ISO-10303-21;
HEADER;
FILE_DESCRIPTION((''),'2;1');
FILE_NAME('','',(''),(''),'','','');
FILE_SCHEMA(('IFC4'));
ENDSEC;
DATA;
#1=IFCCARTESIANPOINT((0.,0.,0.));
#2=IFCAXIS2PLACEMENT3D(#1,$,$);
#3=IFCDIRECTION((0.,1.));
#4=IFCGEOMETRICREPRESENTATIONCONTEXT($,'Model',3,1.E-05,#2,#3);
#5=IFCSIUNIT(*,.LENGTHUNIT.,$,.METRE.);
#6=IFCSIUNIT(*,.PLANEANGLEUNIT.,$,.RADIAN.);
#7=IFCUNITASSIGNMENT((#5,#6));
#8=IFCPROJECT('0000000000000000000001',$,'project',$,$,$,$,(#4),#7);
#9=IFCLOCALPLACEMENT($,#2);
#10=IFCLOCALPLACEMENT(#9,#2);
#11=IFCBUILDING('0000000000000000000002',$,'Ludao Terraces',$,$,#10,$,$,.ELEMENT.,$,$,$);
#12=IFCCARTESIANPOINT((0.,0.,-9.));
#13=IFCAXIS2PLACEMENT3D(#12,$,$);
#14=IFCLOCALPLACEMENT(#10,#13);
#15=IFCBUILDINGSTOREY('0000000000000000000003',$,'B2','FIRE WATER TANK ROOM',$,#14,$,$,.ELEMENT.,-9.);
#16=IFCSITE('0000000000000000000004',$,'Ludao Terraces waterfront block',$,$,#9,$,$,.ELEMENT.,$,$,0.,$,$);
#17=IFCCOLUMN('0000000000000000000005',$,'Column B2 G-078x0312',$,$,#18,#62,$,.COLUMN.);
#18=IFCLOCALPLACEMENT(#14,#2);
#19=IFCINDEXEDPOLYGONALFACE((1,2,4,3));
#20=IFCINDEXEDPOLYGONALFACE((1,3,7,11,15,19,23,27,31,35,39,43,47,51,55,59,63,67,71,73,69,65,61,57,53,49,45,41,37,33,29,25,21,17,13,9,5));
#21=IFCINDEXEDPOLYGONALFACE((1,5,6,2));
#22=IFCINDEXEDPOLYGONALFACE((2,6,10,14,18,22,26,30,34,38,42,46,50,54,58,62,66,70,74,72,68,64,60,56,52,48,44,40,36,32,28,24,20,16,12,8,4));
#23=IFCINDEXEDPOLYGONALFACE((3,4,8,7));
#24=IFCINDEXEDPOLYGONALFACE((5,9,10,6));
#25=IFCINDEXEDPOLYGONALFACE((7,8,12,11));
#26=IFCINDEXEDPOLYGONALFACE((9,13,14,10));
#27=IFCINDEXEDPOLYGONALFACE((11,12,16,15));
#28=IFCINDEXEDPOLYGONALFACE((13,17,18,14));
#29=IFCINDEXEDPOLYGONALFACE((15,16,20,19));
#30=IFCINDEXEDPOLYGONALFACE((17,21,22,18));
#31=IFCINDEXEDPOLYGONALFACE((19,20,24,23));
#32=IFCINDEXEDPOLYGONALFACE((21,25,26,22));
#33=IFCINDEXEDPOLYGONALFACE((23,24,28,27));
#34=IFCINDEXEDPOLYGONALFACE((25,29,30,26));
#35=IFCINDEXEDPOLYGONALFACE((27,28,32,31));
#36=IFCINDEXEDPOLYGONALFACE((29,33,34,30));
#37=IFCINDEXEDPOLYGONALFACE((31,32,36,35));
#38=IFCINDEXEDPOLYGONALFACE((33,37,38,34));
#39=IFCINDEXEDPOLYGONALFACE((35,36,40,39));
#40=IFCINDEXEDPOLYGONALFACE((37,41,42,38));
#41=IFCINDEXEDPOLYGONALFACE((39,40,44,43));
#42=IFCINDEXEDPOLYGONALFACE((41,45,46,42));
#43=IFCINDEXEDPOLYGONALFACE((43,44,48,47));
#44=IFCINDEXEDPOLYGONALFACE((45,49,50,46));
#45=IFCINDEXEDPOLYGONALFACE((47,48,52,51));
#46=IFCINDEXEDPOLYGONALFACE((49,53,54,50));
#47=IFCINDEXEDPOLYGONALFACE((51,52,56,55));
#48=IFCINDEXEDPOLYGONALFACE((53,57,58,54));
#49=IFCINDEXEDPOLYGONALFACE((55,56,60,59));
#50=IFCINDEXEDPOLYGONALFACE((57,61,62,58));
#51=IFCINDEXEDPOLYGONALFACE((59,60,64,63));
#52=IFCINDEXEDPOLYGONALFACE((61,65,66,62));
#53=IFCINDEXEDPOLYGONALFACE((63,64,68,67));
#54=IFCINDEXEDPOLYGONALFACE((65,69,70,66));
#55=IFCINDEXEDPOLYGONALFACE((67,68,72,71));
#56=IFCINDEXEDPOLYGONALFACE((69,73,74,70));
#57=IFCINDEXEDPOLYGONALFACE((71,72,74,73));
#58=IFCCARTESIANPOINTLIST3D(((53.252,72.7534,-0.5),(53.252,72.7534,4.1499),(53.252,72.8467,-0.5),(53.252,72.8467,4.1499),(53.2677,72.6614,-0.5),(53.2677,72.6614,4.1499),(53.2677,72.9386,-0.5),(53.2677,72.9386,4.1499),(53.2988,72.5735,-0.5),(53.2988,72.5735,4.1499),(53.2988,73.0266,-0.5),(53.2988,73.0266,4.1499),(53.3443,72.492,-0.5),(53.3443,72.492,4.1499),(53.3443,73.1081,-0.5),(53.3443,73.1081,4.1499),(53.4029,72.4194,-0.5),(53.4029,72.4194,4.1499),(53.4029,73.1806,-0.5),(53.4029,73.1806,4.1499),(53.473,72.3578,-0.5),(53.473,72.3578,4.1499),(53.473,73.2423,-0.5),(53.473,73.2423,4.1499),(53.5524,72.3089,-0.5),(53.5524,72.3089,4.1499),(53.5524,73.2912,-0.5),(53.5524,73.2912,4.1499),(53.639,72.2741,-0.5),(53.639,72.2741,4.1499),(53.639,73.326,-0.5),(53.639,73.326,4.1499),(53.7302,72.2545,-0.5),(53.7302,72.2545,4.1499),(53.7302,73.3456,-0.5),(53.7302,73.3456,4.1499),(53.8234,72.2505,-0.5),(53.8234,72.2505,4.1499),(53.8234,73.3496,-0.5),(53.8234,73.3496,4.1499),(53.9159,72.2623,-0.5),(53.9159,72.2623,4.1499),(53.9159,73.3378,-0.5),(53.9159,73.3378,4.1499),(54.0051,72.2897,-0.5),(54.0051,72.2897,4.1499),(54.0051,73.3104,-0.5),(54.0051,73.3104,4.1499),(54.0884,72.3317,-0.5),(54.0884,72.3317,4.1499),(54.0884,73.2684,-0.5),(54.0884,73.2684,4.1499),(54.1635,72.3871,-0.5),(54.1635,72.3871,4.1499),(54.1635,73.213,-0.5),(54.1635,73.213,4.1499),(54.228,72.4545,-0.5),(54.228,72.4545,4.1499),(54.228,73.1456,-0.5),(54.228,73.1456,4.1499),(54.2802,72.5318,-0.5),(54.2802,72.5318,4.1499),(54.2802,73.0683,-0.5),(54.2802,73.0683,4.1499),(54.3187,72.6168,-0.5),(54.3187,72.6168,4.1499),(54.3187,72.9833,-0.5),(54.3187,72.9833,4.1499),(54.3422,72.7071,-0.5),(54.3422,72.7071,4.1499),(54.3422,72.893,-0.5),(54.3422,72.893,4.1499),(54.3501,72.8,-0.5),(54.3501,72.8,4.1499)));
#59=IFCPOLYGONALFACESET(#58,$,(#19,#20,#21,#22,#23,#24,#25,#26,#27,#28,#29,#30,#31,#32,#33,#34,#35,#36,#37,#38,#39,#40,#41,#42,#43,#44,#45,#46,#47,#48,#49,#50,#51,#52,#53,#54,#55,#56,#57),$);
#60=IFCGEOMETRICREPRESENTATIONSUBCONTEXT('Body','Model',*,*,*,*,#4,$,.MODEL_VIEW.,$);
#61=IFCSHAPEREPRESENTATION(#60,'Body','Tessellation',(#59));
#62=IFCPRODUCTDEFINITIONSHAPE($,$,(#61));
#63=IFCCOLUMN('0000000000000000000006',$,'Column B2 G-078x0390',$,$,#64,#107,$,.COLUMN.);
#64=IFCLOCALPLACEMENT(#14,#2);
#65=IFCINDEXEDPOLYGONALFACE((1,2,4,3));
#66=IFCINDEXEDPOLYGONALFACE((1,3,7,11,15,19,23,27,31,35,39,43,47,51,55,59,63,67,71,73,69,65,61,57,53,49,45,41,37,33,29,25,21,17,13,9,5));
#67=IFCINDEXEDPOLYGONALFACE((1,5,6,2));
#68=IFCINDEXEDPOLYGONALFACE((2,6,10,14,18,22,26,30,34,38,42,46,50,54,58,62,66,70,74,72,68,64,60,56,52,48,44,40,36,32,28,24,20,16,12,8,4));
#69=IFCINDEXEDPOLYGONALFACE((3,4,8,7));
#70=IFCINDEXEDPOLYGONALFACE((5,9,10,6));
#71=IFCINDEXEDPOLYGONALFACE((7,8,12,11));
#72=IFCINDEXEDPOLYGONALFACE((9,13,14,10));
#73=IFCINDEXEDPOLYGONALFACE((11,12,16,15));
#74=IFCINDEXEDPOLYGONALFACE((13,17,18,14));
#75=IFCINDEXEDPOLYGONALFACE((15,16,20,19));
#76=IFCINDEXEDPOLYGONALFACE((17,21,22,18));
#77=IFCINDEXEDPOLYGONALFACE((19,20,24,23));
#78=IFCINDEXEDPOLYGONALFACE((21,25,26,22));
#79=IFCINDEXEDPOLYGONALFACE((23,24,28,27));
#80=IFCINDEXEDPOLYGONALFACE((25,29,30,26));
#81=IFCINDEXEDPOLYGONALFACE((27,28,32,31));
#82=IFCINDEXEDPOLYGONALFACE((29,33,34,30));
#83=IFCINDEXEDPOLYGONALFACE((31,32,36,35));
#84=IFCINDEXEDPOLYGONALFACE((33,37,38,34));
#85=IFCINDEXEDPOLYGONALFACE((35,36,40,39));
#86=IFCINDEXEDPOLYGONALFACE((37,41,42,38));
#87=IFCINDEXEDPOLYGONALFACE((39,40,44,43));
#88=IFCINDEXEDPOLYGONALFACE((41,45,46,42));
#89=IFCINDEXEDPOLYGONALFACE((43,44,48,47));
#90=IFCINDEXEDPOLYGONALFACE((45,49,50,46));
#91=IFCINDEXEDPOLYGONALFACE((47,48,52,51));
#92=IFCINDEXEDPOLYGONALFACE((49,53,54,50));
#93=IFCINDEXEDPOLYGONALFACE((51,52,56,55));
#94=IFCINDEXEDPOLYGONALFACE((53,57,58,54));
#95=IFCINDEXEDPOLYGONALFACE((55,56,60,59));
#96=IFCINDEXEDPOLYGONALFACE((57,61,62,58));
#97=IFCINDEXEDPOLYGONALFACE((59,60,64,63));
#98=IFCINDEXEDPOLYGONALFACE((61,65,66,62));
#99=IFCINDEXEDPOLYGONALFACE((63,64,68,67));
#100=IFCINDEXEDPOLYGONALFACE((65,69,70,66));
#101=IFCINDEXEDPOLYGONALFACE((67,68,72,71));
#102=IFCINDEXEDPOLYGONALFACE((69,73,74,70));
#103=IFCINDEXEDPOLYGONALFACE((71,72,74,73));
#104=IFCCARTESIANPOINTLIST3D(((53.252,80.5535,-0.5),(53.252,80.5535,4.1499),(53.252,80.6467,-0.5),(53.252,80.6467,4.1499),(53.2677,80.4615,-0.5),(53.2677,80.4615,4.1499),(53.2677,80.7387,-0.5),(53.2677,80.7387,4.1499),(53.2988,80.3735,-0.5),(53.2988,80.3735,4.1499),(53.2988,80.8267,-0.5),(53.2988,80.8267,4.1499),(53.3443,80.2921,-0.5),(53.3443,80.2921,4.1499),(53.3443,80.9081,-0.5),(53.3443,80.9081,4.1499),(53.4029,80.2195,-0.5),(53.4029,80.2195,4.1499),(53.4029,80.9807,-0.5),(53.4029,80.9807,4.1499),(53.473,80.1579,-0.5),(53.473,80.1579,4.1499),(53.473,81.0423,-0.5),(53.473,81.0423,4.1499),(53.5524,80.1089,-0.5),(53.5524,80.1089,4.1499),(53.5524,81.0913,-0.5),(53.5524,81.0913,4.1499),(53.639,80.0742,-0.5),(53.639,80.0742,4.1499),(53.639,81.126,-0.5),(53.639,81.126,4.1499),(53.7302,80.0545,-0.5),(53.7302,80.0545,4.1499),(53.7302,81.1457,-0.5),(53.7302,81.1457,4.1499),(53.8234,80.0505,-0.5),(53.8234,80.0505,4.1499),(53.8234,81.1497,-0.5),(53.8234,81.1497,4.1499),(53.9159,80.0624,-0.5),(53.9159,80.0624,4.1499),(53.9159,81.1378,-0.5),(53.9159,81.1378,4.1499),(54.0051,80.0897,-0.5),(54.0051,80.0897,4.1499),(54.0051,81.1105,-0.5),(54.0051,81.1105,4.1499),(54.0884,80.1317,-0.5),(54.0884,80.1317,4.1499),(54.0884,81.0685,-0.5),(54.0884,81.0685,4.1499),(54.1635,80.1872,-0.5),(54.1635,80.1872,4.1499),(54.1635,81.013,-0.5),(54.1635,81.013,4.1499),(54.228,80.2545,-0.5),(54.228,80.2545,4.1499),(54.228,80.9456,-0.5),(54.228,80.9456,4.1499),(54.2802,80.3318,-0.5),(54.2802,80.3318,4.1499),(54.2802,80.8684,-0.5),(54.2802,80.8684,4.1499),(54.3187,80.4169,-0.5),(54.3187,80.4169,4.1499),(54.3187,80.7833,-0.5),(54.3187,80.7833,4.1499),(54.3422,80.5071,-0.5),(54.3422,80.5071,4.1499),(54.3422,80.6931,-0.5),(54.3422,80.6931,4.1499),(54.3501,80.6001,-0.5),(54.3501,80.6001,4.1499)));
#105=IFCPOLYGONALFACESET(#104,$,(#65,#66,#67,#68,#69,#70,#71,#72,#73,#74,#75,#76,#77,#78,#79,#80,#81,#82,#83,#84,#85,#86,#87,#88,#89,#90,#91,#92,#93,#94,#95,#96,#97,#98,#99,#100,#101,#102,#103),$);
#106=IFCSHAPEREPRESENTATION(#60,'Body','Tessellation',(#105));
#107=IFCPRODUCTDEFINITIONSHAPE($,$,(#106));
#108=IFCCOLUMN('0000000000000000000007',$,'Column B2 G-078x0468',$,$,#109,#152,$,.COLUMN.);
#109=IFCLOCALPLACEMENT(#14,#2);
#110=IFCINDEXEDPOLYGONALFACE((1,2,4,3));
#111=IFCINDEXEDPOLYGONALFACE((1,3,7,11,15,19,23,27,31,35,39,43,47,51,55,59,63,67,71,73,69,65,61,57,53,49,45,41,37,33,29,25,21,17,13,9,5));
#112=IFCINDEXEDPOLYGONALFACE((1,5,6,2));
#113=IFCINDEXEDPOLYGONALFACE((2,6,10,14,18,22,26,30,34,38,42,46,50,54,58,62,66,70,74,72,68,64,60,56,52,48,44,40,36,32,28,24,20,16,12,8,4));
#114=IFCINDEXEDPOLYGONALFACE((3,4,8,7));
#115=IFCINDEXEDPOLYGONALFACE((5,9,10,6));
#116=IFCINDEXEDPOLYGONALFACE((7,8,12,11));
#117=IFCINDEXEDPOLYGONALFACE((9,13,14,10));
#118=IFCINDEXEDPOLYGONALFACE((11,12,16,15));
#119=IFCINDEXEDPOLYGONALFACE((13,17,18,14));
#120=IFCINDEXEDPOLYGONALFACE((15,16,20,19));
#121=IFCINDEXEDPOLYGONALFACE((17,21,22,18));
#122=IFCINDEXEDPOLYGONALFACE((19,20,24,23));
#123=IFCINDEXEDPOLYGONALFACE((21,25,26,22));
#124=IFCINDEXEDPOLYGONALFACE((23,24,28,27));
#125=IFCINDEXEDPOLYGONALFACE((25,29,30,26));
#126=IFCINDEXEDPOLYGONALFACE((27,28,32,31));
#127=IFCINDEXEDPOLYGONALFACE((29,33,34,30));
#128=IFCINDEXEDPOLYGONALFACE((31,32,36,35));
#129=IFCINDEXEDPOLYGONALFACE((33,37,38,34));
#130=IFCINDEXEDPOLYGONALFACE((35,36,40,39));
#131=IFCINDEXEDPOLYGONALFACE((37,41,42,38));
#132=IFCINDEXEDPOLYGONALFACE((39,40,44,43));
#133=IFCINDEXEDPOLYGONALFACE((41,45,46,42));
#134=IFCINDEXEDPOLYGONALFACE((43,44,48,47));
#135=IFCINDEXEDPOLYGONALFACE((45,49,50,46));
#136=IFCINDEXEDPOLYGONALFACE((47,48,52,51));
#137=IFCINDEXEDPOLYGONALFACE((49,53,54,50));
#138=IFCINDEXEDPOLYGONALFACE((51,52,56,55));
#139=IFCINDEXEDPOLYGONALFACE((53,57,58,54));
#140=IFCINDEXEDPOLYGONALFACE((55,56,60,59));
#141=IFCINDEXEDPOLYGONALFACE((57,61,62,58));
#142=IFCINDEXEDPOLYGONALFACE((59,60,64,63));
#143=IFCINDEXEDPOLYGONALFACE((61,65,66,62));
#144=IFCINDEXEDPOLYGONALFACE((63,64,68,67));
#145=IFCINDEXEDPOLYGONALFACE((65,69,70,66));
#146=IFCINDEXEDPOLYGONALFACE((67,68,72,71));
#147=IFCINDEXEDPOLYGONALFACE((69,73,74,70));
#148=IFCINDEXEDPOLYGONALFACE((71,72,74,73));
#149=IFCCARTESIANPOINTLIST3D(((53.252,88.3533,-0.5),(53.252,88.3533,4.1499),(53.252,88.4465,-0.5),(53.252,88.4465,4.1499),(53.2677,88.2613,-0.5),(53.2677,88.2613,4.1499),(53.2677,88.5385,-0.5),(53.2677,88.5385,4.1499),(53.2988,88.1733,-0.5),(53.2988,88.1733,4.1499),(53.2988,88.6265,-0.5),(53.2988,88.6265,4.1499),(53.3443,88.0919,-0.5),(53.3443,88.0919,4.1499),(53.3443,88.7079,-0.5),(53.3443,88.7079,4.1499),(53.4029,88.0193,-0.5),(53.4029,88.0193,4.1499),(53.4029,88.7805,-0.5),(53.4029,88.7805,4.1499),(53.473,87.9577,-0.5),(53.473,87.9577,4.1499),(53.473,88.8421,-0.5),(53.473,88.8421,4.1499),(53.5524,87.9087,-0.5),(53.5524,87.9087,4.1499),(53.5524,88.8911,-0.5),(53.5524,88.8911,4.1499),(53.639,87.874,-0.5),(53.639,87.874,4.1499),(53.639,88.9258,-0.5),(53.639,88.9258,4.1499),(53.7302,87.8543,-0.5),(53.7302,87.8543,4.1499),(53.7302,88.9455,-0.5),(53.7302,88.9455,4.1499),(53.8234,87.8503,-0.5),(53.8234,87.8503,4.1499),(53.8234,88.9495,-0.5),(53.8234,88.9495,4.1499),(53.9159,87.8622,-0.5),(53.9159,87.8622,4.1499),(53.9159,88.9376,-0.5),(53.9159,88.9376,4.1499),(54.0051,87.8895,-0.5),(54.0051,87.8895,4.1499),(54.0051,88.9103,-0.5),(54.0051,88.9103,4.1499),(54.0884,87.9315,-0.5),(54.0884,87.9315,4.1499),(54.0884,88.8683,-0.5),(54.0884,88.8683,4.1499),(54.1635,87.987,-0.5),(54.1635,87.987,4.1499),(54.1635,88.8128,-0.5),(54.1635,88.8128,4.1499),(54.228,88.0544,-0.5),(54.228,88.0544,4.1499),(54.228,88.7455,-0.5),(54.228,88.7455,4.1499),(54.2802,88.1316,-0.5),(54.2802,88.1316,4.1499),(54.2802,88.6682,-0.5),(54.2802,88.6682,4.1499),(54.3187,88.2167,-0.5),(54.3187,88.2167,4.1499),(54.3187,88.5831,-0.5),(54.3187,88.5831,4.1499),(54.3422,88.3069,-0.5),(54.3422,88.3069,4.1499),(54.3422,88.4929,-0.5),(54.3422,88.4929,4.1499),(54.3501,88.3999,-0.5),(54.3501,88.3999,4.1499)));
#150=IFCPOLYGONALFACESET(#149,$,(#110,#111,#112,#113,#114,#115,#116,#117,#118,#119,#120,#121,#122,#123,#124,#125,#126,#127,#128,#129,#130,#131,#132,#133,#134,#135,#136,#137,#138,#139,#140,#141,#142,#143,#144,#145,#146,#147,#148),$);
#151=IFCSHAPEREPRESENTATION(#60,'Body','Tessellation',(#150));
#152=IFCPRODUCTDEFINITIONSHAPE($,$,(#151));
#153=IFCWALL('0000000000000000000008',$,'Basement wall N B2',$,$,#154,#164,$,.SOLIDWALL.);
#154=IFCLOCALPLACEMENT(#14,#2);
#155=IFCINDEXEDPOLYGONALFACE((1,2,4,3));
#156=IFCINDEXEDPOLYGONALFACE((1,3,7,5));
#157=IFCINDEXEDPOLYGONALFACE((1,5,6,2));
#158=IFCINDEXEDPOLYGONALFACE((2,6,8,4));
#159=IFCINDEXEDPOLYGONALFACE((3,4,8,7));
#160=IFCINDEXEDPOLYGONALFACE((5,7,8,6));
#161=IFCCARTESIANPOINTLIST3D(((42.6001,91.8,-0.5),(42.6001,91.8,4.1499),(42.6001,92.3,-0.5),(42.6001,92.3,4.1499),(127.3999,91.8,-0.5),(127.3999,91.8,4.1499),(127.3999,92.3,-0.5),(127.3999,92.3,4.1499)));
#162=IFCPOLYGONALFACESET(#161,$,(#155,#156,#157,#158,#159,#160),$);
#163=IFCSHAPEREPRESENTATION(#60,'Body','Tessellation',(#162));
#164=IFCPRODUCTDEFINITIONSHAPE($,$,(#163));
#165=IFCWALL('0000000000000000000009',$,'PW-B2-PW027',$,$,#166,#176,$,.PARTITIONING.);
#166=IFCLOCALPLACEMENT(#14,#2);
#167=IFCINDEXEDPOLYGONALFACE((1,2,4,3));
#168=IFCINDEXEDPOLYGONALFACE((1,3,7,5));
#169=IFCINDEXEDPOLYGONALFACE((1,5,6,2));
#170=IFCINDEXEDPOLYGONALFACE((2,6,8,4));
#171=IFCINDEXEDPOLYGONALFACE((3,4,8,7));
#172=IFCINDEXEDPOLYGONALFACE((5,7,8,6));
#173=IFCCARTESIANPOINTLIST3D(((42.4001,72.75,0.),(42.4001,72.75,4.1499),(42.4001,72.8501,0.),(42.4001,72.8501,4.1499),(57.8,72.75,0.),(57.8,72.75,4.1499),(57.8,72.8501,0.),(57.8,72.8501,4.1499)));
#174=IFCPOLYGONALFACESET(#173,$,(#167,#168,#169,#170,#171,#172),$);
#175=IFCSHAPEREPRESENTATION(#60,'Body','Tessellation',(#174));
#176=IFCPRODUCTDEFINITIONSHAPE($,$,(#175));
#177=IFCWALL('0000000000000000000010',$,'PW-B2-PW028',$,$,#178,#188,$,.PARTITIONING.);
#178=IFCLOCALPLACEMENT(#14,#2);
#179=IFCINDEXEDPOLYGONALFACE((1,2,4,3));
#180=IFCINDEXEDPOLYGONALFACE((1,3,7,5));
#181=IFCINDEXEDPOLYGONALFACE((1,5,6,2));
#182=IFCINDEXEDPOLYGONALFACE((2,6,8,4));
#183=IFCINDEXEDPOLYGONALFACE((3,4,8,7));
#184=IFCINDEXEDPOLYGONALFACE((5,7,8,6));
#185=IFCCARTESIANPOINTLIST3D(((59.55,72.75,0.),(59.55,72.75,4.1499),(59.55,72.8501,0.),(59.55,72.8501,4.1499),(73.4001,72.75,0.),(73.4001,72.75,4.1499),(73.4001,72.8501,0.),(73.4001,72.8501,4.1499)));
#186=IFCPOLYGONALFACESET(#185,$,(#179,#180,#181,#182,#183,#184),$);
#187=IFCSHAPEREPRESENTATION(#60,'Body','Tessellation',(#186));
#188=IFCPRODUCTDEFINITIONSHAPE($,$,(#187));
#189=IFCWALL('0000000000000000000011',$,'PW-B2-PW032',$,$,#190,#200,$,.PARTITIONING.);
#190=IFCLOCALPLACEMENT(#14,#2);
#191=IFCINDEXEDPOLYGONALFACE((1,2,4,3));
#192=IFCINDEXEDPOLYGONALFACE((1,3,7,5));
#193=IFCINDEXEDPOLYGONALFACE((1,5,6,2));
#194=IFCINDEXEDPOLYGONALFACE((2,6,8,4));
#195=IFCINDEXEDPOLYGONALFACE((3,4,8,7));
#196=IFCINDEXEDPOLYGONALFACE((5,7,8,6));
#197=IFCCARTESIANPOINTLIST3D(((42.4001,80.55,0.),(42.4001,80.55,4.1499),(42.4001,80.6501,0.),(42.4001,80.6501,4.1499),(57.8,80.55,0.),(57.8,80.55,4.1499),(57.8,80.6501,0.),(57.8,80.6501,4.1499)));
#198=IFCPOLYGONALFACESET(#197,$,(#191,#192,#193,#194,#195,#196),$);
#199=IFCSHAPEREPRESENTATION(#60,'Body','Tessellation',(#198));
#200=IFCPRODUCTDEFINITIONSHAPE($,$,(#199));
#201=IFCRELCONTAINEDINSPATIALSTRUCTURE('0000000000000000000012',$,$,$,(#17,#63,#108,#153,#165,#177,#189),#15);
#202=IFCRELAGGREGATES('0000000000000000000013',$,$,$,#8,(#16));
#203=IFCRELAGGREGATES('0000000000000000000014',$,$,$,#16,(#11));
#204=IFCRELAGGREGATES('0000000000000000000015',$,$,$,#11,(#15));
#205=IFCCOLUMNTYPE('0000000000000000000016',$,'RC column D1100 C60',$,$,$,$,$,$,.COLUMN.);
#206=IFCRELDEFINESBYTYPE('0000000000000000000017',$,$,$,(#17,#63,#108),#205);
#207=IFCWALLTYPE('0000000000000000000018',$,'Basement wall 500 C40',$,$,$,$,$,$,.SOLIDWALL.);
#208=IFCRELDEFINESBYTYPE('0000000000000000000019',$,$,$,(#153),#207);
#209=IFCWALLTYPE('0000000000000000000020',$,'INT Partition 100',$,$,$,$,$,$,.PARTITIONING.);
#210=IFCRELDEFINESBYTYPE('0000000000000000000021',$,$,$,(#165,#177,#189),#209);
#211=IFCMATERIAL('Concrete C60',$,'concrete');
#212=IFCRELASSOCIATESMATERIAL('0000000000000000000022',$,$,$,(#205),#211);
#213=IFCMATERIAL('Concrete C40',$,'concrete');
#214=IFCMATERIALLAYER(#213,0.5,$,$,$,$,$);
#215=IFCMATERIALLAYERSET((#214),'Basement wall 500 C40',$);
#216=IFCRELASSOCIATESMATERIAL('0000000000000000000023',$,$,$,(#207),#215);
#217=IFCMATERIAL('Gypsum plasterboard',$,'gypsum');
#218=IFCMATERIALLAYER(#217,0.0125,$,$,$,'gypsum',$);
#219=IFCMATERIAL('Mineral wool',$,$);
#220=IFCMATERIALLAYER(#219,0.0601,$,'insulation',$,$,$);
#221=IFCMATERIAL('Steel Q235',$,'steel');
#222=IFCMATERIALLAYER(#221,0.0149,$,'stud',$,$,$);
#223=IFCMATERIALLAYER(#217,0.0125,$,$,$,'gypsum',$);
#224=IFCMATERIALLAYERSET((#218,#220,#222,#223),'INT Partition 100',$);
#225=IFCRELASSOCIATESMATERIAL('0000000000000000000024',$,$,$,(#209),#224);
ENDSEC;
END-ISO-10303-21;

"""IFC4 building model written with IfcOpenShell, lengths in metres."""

from ifc_helpers import new_model, si_unit, direction, frame, frame_2d, origin, origin_2d, place, context, subcontext, project, spatial, rectangle, circle, extrude, material, layer, layer_set, material_profile, profile_set, type_object, element, save


model = new_model("IFC4")

# Units and contexts
model_context = context("Model", 3, precision=1e-05, world=origin(), true_north=direction((0.0, 1.0)))
body_context = subcontext(model_context, "Body", "Model", "MODEL_VIEW")
ifc_project = project(units=[si_unit("LENGTHUNIT", "METRE"), si_unit("PLANEANGLEUNIT", "RADIAN")], contexts=[model_context])

# Site, building, storey
site_placement = place(None, origin())
site = spatial("IfcSite", under=ifc_project, at=site_placement, Name="Ludao Terraces waterfront block", CompositionType="ELEMENT", RefElevation=0.0)
building_placement = place(site_placement, origin())
building = spatial("IfcBuilding", under=site, at=building_placement, Name="Ludao Terraces", CompositionType="ELEMENT")
storey_placement = place(building_placement, frame((0.0, 0.0, -9.0)))
storey = spatial("IfcBuildingStorey", under=building, at=storey_placement, Name="B2", Description="FIRE WATER TANK ROOM", CompositionType="ELEMENT", Elevation=-9.0)

# Shared definitions
ifc_material_1 = material(Name="Concrete C40", Category="concrete")

# Columns
ifc_material_2 = material(Name="Concrete C60", Category="concrete")
ifc_material_profile_1 = material_profile(ifc_material_2, circle(Radius=0.55, at=origin_2d()), Name="D1100")
ifc_profile_set_1 = profile_set([ifc_material_profile_1], Name="Concrete C60")
column_type_1 = type_object("IfcColumnType", Name="RC column D1100 C60", PredefinedType="COLUMN", material=ifc_profile_set_1)
for number, where, z_axis, x_axis, name in (
    (1, (53.8, 72.8, -0.5), (0.0, 0.0, 1.0), (1.0, 0.0, 0.0), "Column B2 G-078x0312"),
    (2, (53.8, 80.6001, -0.5), (0.0, 0.0, 1.0), (1.0, 0.0, 0.0), "Column B2 G-078x0390"),
    (3, (53.8, 88.3999, -0.5), (0.0, 0.0, 1.0), (1.0, 0.0, 0.0), "Column B2 G-078x0468"),
):
    element("IfcColumn", number, at=place(storey_placement, frame(where, z_axis=z_axis, x_axis=x_axis)), inside=storey, type_object=column_type_1, Name=name, PredefinedType="COLUMN", context=body_context, shape_type="SweptSolid", body=[
        extrude(circle(Radius=0.55, at=origin_2d()), origin(), (0.0, 0.0, 1.0), 4.6499),
    ])

# Walls
ifc_layer_1 = layer(ifc_material_1, 0.5)
ifc_layer_set_1 = layer_set([ifc_layer_1], Name="Basement wall 500 C40")
wall_type_1 = type_object("IfcWallType", Name="Basement wall 500 C40", PredefinedType="SOLIDWALL", material=ifc_layer_set_1)
wall_1_placement = place(storey_placement, frame((42.6001, 92.05, -0.5), z_axis=(0.0, 0.0, 1.0), x_axis=(1.0, 0.0, 0.0)))
element("IfcWall", 4, at=wall_1_placement, inside=storey, type_object=wall_type_1, Name="Basement wall N B2", PredefinedType="SOLIDWALL", context=body_context, shape_type="SweptSolid", body=[
    extrude(rectangle(XDim=84.7998, YDim=0.5, at=frame_2d((42.3999, 0.0))), origin(), (0.0, 0.0, 1.0), 4.6499),
])
ifc_material_3 = material(Name="Gypsum plasterboard", Category="gypsum")
ifc_layer_2 = layer(ifc_material_3, 0.0125, Category="gypsum")
ifc_material_4 = material(Name="Mineral wool")
ifc_layer_3 = layer(ifc_material_4, 0.0601, Name="insulation")
ifc_material_5 = material(Name="Steel Q235", Category="steel")
ifc_layer_4 = layer(ifc_material_5, 0.0149, Name="stud")
ifc_layer_5 = layer(ifc_material_3, 0.0125, Category="gypsum")
ifc_layer_set_2 = layer_set([ifc_layer_2, ifc_layer_3, ifc_layer_4, ifc_layer_5], Name="INT Partition 100")
wall_type_2 = type_object("IfcWallType", Name="INT Partition 100", PredefinedType="PARTITIONING", material=ifc_layer_set_2)
wall_2_placement = place(storey_placement, frame((42.4001, 72.8, 0.0), z_axis=(0.0, 0.0, 1.0), x_axis=(1.0, 0.0, 0.0)))
element("IfcWall", 5, at=wall_2_placement, inside=storey, type_object=wall_type_2, Name="PW-B2-PW027", PredefinedType="PARTITIONING", context=body_context, shape_type="SweptSolid", body=[
    extrude(rectangle(XDim=15.3999, YDim=0.1001, at=frame_2d((7.7, 0.0))), origin(), (0.0, 0.0, 1.0), 4.1499),
])
wall_3_placement = place(storey_placement, frame((59.55, 72.8, 0.0), z_axis=(0.0, 0.0, 1.0), x_axis=(1.0, 0.0, 0.0)))
element("IfcWall", 6, at=wall_3_placement, inside=storey, type_object=wall_type_2, Name="PW-B2-PW028", PredefinedType="PARTITIONING", context=body_context, shape_type="SweptSolid", body=[
    extrude(rectangle(XDim=13.8501, YDim=0.1001, at=frame_2d((6.925, 0.0))), origin(), (0.0, 0.0, 1.0), 4.1499),
])
wall_4_placement = place(storey_placement, frame((42.4001, 80.6001, 0.0), z_axis=(0.0, 0.0, 1.0), x_axis=(1.0, 0.0, 0.0)))
element("IfcWall", 7, at=wall_4_placement, inside=storey, type_object=wall_type_2, Name="PW-B2-PW032", PredefinedType="PARTITIONING", context=body_context, shape_type="SweptSolid", body=[
    extrude(rectangle(XDim=15.3999, YDim=0.1001, at=frame_2d((7.7, 0.0))), origin(), (0.0, 0.0, 1.0), 4.1499),
])

save(model, "model.ifc")
